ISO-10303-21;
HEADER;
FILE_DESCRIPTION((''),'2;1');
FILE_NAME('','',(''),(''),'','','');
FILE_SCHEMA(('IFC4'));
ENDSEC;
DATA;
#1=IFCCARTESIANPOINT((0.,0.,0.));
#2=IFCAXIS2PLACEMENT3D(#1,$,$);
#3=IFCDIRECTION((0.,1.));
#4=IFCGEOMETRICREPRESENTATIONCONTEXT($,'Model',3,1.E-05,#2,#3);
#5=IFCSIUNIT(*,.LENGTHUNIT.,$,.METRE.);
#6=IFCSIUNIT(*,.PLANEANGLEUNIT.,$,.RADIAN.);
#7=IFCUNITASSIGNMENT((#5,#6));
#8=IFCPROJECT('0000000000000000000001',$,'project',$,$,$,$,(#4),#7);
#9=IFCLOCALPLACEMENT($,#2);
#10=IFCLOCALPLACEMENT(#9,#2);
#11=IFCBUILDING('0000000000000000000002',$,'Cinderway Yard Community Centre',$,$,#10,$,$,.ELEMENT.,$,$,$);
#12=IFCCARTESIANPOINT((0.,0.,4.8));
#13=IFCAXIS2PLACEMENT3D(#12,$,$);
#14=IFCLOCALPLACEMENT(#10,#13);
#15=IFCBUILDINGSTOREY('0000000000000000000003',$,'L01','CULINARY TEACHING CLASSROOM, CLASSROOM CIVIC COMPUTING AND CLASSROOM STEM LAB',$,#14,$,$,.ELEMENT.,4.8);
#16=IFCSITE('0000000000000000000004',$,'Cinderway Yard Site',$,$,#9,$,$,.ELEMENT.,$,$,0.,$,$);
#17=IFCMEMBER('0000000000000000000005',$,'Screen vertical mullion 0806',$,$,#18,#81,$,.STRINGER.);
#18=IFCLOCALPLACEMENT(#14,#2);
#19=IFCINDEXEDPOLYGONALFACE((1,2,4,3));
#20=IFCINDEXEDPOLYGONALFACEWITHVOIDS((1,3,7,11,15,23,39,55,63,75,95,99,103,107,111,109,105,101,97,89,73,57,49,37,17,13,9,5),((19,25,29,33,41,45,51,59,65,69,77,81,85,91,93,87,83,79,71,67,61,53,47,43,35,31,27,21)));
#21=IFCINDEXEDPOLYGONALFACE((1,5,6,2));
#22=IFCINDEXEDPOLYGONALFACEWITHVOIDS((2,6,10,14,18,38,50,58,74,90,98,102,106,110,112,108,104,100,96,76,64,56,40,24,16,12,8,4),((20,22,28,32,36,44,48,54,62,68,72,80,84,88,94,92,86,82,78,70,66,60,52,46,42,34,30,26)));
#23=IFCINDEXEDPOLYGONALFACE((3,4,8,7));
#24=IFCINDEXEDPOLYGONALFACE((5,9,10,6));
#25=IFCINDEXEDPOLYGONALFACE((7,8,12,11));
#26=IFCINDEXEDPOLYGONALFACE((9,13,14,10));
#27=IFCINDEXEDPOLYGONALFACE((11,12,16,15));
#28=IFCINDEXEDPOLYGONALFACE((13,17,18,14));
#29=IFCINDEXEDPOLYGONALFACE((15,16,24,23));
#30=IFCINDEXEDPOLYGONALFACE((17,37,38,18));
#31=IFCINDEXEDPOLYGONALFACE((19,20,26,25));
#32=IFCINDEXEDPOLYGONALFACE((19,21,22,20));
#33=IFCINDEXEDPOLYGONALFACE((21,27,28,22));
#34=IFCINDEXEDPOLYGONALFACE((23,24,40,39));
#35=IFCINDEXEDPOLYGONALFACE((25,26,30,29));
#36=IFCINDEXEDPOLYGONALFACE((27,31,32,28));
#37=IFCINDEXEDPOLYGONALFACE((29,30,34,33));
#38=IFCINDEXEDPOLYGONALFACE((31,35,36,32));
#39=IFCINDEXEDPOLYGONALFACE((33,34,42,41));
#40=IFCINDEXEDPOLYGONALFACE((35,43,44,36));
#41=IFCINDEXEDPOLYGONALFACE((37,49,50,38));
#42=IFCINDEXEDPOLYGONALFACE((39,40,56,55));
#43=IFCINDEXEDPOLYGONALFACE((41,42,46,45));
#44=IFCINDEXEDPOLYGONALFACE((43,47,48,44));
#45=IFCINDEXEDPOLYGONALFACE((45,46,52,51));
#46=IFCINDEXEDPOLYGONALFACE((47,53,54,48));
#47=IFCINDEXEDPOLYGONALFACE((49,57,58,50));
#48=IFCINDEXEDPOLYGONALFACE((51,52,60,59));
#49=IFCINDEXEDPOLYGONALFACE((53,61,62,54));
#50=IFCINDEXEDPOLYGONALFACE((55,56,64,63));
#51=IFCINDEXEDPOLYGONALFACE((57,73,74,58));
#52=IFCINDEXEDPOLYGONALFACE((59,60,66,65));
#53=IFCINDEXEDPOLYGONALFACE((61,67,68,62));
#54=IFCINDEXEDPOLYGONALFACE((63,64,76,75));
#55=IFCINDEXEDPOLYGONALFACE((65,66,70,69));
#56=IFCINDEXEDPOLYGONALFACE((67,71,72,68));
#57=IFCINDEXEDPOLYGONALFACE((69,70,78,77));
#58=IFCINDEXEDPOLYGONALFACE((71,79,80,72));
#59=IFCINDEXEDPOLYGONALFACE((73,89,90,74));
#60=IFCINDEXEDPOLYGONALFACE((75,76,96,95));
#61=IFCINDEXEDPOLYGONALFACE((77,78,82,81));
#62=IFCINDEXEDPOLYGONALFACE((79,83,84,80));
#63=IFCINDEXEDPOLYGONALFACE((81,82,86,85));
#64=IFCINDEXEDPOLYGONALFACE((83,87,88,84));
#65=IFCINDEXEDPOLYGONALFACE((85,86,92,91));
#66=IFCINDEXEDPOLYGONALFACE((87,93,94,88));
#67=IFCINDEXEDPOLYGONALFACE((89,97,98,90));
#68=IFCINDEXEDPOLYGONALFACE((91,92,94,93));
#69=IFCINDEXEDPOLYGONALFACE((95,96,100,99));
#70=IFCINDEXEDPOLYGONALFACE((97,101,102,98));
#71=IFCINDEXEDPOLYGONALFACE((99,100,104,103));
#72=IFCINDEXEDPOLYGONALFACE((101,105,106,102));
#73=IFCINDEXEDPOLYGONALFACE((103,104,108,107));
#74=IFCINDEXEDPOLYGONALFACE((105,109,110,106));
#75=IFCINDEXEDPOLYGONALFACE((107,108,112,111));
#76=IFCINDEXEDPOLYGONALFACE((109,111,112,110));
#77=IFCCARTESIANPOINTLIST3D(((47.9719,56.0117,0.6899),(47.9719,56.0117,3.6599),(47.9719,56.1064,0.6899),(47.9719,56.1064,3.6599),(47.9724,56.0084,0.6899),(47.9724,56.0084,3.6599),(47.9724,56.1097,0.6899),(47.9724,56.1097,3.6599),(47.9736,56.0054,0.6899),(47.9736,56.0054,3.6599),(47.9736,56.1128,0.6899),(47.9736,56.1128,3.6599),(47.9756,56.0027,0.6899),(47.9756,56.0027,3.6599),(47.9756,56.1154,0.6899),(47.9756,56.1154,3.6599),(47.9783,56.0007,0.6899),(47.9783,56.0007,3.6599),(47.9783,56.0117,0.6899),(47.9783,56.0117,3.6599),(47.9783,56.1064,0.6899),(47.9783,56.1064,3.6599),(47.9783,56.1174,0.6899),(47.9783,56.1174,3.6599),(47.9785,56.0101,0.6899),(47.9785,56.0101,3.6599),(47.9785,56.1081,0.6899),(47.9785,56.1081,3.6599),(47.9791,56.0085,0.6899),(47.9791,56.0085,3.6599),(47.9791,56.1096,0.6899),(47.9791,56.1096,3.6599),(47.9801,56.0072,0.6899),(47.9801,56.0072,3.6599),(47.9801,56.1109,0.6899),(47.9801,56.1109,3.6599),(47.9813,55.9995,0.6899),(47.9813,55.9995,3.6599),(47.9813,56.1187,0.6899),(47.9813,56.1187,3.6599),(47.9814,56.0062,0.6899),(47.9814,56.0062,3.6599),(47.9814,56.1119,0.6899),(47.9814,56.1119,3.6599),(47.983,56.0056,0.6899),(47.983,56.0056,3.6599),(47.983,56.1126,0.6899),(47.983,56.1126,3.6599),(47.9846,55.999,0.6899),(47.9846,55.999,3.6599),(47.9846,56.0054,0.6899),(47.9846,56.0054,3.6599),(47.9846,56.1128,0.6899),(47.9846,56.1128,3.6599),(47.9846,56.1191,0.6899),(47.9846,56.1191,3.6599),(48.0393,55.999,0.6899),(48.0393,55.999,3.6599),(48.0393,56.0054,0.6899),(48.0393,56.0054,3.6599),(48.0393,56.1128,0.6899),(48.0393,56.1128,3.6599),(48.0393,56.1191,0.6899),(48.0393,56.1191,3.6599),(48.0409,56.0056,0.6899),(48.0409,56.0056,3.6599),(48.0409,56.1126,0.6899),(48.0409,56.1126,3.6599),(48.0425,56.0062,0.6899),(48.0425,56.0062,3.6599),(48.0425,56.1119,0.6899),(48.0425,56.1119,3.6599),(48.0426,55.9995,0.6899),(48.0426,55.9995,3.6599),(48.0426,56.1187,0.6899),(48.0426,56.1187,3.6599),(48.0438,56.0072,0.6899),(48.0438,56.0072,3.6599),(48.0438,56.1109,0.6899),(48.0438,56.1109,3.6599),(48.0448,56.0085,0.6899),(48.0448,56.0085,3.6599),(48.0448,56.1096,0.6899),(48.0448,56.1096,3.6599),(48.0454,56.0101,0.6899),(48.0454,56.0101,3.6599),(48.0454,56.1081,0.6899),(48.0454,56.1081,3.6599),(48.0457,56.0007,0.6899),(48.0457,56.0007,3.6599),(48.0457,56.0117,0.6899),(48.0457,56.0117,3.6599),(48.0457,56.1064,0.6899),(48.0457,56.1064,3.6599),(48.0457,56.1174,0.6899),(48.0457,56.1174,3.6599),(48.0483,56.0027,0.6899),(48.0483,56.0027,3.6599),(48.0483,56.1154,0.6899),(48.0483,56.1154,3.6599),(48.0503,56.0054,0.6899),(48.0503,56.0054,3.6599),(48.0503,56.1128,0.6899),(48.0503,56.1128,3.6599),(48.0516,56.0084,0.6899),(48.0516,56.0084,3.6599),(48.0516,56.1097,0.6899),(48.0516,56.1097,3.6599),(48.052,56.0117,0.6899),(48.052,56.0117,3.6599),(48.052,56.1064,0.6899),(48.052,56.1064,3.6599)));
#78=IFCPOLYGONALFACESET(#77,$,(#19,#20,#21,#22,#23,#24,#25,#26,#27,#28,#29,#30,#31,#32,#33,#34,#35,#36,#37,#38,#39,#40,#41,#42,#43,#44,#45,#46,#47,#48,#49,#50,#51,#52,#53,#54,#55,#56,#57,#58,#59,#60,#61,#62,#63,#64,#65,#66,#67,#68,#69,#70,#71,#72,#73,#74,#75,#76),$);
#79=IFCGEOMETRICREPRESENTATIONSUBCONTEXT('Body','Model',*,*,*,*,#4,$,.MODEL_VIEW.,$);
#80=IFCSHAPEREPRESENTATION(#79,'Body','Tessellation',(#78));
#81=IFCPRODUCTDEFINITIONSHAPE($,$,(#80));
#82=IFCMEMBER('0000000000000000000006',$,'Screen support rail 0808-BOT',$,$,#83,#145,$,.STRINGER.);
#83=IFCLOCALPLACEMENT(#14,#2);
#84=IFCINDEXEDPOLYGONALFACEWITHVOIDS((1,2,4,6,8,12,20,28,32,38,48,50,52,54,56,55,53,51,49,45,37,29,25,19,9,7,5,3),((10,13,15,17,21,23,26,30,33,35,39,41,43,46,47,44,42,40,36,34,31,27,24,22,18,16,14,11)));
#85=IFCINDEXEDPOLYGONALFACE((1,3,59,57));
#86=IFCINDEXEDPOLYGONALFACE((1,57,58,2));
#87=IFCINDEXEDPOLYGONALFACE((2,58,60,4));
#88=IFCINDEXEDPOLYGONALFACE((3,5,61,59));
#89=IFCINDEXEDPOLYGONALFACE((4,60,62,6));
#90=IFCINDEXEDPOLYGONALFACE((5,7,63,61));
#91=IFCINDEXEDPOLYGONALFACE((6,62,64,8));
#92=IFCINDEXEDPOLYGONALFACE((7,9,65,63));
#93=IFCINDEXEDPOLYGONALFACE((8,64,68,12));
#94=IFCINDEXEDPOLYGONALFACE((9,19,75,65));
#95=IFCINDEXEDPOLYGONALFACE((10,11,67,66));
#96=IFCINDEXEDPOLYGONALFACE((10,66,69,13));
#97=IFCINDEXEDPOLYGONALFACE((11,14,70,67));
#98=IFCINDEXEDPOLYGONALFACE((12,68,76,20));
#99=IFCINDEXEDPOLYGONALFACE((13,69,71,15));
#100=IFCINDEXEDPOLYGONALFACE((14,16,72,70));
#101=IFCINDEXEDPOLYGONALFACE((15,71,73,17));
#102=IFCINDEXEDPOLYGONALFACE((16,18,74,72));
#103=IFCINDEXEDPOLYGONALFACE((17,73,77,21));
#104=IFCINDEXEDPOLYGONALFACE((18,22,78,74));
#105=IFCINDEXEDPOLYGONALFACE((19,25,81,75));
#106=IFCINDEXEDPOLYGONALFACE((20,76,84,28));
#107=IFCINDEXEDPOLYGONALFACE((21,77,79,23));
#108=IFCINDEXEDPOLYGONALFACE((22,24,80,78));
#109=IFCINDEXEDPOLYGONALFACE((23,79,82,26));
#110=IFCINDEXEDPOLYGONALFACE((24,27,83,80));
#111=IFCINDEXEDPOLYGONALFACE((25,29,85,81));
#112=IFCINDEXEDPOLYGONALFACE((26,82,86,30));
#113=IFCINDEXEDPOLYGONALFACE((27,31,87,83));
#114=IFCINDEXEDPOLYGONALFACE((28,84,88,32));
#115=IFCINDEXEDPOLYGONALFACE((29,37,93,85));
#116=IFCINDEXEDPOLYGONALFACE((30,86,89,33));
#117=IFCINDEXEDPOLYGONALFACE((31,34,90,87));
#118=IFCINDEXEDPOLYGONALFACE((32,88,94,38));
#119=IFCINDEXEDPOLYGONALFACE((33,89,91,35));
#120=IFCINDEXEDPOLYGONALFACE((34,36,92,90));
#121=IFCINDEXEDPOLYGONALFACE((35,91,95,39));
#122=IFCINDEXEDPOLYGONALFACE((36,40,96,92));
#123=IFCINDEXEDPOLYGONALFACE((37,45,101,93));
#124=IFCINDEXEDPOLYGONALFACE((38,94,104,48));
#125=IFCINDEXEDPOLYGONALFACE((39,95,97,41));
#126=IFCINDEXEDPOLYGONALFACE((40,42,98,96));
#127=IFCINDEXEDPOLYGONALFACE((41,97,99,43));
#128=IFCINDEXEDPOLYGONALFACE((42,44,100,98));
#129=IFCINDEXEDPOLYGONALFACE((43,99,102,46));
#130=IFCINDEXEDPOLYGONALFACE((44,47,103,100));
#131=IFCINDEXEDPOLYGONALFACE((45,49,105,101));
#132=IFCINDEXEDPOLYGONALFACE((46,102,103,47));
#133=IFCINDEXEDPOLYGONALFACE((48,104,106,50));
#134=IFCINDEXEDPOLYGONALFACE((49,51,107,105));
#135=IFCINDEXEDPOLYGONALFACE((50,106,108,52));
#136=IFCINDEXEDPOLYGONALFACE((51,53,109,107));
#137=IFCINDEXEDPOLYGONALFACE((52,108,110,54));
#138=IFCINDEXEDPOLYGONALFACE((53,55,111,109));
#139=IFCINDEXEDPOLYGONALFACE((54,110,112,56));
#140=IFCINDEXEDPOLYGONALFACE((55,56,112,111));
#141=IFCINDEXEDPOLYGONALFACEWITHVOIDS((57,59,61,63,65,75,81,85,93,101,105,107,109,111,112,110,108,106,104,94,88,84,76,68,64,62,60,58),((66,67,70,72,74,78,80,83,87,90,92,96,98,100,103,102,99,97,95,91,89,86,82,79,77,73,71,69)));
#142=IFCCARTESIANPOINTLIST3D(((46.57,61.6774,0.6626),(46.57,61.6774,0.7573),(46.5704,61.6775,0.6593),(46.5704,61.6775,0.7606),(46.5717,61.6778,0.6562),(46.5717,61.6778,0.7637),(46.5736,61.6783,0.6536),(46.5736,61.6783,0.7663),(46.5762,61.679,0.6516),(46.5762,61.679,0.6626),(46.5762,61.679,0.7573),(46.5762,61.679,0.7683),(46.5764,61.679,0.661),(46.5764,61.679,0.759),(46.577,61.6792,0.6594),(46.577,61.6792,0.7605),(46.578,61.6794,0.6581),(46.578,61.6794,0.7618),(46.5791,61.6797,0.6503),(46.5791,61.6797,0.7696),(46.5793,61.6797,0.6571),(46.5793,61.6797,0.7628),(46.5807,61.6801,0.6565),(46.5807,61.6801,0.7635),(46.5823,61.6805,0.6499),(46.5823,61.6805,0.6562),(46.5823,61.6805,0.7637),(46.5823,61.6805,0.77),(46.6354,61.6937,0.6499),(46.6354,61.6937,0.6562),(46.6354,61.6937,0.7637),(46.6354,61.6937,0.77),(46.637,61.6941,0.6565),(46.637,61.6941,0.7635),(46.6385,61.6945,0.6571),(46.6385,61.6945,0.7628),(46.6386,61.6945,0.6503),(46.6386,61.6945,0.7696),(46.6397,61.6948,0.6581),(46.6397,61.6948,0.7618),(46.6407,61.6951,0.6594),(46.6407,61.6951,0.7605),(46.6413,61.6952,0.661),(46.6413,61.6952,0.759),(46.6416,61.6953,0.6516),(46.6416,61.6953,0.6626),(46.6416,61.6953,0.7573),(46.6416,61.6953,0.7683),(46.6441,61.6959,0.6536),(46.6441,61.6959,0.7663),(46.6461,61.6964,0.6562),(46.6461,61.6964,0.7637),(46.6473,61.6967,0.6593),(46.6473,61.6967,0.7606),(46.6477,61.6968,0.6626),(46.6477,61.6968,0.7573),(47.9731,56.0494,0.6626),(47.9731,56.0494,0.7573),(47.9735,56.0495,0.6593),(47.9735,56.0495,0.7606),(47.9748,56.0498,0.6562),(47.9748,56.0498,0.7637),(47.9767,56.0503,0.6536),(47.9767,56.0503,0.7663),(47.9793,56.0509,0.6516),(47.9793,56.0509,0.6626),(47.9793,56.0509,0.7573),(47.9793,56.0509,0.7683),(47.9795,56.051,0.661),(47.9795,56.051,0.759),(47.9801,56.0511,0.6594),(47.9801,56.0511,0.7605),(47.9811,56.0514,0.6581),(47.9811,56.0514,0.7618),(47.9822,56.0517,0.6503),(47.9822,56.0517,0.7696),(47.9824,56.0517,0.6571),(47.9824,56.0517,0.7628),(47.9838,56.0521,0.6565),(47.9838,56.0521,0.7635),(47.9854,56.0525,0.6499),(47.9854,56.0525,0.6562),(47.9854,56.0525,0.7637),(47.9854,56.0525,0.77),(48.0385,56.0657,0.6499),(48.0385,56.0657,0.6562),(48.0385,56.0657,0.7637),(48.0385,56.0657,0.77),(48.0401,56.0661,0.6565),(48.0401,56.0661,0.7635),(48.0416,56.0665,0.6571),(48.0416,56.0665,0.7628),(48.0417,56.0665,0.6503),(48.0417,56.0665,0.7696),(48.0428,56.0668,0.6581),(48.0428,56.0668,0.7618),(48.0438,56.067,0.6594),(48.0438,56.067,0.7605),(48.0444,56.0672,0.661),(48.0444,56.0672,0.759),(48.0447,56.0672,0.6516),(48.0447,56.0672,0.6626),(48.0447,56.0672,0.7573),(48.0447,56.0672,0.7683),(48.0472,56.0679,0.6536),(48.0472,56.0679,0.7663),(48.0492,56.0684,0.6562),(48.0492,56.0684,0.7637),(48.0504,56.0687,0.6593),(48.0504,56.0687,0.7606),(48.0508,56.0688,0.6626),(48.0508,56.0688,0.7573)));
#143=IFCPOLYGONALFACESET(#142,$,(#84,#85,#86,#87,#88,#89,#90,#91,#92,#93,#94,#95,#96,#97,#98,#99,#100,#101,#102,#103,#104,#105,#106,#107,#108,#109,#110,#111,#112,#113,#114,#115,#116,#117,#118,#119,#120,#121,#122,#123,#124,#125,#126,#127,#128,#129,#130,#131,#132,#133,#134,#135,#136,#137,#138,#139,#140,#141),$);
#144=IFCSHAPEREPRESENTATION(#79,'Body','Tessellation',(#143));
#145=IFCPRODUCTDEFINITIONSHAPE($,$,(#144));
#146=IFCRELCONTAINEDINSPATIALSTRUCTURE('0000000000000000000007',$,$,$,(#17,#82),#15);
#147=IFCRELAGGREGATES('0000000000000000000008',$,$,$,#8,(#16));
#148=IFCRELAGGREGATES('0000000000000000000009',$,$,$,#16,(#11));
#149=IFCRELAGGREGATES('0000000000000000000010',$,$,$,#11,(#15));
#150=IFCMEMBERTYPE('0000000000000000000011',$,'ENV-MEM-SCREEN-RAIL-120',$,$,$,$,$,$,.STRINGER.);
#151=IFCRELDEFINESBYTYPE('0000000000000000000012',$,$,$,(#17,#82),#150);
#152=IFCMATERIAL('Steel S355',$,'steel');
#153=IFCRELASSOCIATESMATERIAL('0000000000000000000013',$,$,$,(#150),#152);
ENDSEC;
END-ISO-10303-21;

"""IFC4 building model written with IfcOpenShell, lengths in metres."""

from ifc_helpers import new_model, si_unit, direction, frame, origin, origin_2d, place, context, subcontext, project, spatial, hollow_rectangle, extrude, material, material_profile, profile_set, type_object, element, save


model = new_model("IFC4")

# Units and contexts
model_context = context("Model", 3, precision=1e-05, world=origin(), true_north=direction((0.0, 1.0)))
body_context = subcontext(model_context, "Body", "Model", "MODEL_VIEW")
ifc_project = project(units=[si_unit("LENGTHUNIT", "METRE"), si_unit("PLANEANGLEUNIT", "RADIAN")], contexts=[model_context])

# Site, building, storey
site_placement = place(None, origin())
site = spatial("IfcSite", under=ifc_project, at=site_placement, Name="Cinderway Yard Site", CompositionType="ELEMENT", RefElevation=0.0)
building_placement = place(site_placement, origin())
building = spatial("IfcBuilding", under=site, at=building_placement, Name="Cinderway Yard Community Centre", CompositionType="ELEMENT")
storey_placement = place(building_placement, frame((0.0, 0.0, 4.8)))
storey = spatial("IfcBuildingStorey", under=building, at=storey_placement, Name="L01", Description="CULINARY TEACHING CLASSROOM, CLASSROOM CIVIC COMPUTING AND CLASSROOM STEM LAB", CompositionType="ELEMENT", Elevation=4.8)

# Members
ifc_material_1 = material(Name="Steel S355", Category="steel")
ifc_material_profile_1 = material_profile(ifc_material_1, hollow_rectangle(XDim=0.0801, YDim=0.1201, WallThickness=0.0063, InnerFilletRadius=0.0063, OuterFilletRadius=0.0127, at=origin_2d()), Name="Steel S355")
ifc_profile_set_1 = profile_set([ifc_material_profile_1], Name="Steel S355")
member_type_1 = type_object("IfcMemberType", Name="ENV-MEM-SCREEN-RAIL-120", PredefinedType="STRINGER", material=ifc_profile_set_1)
member_1_placement = place(storey_placement, frame((48.012, 56.0591, 0.6899), z_axis=(0.0, 0.0, 1.0), x_axis=(1.0, 0.0, 0.0)))
element("IfcMember", 1, at=member_1_placement, inside=storey, type_object=member_type_1, Name="Screen vertical mullion 0806", PredefinedType="STRINGER", context=body_context, shape_type="SweptSolid", body=[
    extrude(hollow_rectangle(XDim=0.0801, YDim=0.1201, WallThickness=0.0063, InnerFilletRadius=0.0063, OuterFilletRadius=0.0127, at=origin_2d()), origin(), (0.0, 0.0, 1.0), 2.97),
])
for number, where, z_axis, x_axis, name in (
    (2, (48.012, 56.0591, 0.71), (-0.241902, 0.970301, 0.0), (-0.970301, -0.241902, 0.0), "Screen support rail 0808-BOT"),
):
    element("IfcMember", number, at=place(storey_placement, frame(where, z_axis=z_axis, x_axis=x_axis)), inside=storey, type_object=member_type_1, Name=name, PredefinedType="STRINGER", context=body_context, shape_type="SweptSolid", body=[
        extrude(hollow_rectangle(XDim=0.0801, YDim=0.1201, WallThickness=0.0063, InnerFilletRadius=0.0063, OuterFilletRadius=0.0127, at=origin_2d()), origin(), (0.0, 0.0, 1.0), 5.8003),
    ])

save(model, "model.ifc")
